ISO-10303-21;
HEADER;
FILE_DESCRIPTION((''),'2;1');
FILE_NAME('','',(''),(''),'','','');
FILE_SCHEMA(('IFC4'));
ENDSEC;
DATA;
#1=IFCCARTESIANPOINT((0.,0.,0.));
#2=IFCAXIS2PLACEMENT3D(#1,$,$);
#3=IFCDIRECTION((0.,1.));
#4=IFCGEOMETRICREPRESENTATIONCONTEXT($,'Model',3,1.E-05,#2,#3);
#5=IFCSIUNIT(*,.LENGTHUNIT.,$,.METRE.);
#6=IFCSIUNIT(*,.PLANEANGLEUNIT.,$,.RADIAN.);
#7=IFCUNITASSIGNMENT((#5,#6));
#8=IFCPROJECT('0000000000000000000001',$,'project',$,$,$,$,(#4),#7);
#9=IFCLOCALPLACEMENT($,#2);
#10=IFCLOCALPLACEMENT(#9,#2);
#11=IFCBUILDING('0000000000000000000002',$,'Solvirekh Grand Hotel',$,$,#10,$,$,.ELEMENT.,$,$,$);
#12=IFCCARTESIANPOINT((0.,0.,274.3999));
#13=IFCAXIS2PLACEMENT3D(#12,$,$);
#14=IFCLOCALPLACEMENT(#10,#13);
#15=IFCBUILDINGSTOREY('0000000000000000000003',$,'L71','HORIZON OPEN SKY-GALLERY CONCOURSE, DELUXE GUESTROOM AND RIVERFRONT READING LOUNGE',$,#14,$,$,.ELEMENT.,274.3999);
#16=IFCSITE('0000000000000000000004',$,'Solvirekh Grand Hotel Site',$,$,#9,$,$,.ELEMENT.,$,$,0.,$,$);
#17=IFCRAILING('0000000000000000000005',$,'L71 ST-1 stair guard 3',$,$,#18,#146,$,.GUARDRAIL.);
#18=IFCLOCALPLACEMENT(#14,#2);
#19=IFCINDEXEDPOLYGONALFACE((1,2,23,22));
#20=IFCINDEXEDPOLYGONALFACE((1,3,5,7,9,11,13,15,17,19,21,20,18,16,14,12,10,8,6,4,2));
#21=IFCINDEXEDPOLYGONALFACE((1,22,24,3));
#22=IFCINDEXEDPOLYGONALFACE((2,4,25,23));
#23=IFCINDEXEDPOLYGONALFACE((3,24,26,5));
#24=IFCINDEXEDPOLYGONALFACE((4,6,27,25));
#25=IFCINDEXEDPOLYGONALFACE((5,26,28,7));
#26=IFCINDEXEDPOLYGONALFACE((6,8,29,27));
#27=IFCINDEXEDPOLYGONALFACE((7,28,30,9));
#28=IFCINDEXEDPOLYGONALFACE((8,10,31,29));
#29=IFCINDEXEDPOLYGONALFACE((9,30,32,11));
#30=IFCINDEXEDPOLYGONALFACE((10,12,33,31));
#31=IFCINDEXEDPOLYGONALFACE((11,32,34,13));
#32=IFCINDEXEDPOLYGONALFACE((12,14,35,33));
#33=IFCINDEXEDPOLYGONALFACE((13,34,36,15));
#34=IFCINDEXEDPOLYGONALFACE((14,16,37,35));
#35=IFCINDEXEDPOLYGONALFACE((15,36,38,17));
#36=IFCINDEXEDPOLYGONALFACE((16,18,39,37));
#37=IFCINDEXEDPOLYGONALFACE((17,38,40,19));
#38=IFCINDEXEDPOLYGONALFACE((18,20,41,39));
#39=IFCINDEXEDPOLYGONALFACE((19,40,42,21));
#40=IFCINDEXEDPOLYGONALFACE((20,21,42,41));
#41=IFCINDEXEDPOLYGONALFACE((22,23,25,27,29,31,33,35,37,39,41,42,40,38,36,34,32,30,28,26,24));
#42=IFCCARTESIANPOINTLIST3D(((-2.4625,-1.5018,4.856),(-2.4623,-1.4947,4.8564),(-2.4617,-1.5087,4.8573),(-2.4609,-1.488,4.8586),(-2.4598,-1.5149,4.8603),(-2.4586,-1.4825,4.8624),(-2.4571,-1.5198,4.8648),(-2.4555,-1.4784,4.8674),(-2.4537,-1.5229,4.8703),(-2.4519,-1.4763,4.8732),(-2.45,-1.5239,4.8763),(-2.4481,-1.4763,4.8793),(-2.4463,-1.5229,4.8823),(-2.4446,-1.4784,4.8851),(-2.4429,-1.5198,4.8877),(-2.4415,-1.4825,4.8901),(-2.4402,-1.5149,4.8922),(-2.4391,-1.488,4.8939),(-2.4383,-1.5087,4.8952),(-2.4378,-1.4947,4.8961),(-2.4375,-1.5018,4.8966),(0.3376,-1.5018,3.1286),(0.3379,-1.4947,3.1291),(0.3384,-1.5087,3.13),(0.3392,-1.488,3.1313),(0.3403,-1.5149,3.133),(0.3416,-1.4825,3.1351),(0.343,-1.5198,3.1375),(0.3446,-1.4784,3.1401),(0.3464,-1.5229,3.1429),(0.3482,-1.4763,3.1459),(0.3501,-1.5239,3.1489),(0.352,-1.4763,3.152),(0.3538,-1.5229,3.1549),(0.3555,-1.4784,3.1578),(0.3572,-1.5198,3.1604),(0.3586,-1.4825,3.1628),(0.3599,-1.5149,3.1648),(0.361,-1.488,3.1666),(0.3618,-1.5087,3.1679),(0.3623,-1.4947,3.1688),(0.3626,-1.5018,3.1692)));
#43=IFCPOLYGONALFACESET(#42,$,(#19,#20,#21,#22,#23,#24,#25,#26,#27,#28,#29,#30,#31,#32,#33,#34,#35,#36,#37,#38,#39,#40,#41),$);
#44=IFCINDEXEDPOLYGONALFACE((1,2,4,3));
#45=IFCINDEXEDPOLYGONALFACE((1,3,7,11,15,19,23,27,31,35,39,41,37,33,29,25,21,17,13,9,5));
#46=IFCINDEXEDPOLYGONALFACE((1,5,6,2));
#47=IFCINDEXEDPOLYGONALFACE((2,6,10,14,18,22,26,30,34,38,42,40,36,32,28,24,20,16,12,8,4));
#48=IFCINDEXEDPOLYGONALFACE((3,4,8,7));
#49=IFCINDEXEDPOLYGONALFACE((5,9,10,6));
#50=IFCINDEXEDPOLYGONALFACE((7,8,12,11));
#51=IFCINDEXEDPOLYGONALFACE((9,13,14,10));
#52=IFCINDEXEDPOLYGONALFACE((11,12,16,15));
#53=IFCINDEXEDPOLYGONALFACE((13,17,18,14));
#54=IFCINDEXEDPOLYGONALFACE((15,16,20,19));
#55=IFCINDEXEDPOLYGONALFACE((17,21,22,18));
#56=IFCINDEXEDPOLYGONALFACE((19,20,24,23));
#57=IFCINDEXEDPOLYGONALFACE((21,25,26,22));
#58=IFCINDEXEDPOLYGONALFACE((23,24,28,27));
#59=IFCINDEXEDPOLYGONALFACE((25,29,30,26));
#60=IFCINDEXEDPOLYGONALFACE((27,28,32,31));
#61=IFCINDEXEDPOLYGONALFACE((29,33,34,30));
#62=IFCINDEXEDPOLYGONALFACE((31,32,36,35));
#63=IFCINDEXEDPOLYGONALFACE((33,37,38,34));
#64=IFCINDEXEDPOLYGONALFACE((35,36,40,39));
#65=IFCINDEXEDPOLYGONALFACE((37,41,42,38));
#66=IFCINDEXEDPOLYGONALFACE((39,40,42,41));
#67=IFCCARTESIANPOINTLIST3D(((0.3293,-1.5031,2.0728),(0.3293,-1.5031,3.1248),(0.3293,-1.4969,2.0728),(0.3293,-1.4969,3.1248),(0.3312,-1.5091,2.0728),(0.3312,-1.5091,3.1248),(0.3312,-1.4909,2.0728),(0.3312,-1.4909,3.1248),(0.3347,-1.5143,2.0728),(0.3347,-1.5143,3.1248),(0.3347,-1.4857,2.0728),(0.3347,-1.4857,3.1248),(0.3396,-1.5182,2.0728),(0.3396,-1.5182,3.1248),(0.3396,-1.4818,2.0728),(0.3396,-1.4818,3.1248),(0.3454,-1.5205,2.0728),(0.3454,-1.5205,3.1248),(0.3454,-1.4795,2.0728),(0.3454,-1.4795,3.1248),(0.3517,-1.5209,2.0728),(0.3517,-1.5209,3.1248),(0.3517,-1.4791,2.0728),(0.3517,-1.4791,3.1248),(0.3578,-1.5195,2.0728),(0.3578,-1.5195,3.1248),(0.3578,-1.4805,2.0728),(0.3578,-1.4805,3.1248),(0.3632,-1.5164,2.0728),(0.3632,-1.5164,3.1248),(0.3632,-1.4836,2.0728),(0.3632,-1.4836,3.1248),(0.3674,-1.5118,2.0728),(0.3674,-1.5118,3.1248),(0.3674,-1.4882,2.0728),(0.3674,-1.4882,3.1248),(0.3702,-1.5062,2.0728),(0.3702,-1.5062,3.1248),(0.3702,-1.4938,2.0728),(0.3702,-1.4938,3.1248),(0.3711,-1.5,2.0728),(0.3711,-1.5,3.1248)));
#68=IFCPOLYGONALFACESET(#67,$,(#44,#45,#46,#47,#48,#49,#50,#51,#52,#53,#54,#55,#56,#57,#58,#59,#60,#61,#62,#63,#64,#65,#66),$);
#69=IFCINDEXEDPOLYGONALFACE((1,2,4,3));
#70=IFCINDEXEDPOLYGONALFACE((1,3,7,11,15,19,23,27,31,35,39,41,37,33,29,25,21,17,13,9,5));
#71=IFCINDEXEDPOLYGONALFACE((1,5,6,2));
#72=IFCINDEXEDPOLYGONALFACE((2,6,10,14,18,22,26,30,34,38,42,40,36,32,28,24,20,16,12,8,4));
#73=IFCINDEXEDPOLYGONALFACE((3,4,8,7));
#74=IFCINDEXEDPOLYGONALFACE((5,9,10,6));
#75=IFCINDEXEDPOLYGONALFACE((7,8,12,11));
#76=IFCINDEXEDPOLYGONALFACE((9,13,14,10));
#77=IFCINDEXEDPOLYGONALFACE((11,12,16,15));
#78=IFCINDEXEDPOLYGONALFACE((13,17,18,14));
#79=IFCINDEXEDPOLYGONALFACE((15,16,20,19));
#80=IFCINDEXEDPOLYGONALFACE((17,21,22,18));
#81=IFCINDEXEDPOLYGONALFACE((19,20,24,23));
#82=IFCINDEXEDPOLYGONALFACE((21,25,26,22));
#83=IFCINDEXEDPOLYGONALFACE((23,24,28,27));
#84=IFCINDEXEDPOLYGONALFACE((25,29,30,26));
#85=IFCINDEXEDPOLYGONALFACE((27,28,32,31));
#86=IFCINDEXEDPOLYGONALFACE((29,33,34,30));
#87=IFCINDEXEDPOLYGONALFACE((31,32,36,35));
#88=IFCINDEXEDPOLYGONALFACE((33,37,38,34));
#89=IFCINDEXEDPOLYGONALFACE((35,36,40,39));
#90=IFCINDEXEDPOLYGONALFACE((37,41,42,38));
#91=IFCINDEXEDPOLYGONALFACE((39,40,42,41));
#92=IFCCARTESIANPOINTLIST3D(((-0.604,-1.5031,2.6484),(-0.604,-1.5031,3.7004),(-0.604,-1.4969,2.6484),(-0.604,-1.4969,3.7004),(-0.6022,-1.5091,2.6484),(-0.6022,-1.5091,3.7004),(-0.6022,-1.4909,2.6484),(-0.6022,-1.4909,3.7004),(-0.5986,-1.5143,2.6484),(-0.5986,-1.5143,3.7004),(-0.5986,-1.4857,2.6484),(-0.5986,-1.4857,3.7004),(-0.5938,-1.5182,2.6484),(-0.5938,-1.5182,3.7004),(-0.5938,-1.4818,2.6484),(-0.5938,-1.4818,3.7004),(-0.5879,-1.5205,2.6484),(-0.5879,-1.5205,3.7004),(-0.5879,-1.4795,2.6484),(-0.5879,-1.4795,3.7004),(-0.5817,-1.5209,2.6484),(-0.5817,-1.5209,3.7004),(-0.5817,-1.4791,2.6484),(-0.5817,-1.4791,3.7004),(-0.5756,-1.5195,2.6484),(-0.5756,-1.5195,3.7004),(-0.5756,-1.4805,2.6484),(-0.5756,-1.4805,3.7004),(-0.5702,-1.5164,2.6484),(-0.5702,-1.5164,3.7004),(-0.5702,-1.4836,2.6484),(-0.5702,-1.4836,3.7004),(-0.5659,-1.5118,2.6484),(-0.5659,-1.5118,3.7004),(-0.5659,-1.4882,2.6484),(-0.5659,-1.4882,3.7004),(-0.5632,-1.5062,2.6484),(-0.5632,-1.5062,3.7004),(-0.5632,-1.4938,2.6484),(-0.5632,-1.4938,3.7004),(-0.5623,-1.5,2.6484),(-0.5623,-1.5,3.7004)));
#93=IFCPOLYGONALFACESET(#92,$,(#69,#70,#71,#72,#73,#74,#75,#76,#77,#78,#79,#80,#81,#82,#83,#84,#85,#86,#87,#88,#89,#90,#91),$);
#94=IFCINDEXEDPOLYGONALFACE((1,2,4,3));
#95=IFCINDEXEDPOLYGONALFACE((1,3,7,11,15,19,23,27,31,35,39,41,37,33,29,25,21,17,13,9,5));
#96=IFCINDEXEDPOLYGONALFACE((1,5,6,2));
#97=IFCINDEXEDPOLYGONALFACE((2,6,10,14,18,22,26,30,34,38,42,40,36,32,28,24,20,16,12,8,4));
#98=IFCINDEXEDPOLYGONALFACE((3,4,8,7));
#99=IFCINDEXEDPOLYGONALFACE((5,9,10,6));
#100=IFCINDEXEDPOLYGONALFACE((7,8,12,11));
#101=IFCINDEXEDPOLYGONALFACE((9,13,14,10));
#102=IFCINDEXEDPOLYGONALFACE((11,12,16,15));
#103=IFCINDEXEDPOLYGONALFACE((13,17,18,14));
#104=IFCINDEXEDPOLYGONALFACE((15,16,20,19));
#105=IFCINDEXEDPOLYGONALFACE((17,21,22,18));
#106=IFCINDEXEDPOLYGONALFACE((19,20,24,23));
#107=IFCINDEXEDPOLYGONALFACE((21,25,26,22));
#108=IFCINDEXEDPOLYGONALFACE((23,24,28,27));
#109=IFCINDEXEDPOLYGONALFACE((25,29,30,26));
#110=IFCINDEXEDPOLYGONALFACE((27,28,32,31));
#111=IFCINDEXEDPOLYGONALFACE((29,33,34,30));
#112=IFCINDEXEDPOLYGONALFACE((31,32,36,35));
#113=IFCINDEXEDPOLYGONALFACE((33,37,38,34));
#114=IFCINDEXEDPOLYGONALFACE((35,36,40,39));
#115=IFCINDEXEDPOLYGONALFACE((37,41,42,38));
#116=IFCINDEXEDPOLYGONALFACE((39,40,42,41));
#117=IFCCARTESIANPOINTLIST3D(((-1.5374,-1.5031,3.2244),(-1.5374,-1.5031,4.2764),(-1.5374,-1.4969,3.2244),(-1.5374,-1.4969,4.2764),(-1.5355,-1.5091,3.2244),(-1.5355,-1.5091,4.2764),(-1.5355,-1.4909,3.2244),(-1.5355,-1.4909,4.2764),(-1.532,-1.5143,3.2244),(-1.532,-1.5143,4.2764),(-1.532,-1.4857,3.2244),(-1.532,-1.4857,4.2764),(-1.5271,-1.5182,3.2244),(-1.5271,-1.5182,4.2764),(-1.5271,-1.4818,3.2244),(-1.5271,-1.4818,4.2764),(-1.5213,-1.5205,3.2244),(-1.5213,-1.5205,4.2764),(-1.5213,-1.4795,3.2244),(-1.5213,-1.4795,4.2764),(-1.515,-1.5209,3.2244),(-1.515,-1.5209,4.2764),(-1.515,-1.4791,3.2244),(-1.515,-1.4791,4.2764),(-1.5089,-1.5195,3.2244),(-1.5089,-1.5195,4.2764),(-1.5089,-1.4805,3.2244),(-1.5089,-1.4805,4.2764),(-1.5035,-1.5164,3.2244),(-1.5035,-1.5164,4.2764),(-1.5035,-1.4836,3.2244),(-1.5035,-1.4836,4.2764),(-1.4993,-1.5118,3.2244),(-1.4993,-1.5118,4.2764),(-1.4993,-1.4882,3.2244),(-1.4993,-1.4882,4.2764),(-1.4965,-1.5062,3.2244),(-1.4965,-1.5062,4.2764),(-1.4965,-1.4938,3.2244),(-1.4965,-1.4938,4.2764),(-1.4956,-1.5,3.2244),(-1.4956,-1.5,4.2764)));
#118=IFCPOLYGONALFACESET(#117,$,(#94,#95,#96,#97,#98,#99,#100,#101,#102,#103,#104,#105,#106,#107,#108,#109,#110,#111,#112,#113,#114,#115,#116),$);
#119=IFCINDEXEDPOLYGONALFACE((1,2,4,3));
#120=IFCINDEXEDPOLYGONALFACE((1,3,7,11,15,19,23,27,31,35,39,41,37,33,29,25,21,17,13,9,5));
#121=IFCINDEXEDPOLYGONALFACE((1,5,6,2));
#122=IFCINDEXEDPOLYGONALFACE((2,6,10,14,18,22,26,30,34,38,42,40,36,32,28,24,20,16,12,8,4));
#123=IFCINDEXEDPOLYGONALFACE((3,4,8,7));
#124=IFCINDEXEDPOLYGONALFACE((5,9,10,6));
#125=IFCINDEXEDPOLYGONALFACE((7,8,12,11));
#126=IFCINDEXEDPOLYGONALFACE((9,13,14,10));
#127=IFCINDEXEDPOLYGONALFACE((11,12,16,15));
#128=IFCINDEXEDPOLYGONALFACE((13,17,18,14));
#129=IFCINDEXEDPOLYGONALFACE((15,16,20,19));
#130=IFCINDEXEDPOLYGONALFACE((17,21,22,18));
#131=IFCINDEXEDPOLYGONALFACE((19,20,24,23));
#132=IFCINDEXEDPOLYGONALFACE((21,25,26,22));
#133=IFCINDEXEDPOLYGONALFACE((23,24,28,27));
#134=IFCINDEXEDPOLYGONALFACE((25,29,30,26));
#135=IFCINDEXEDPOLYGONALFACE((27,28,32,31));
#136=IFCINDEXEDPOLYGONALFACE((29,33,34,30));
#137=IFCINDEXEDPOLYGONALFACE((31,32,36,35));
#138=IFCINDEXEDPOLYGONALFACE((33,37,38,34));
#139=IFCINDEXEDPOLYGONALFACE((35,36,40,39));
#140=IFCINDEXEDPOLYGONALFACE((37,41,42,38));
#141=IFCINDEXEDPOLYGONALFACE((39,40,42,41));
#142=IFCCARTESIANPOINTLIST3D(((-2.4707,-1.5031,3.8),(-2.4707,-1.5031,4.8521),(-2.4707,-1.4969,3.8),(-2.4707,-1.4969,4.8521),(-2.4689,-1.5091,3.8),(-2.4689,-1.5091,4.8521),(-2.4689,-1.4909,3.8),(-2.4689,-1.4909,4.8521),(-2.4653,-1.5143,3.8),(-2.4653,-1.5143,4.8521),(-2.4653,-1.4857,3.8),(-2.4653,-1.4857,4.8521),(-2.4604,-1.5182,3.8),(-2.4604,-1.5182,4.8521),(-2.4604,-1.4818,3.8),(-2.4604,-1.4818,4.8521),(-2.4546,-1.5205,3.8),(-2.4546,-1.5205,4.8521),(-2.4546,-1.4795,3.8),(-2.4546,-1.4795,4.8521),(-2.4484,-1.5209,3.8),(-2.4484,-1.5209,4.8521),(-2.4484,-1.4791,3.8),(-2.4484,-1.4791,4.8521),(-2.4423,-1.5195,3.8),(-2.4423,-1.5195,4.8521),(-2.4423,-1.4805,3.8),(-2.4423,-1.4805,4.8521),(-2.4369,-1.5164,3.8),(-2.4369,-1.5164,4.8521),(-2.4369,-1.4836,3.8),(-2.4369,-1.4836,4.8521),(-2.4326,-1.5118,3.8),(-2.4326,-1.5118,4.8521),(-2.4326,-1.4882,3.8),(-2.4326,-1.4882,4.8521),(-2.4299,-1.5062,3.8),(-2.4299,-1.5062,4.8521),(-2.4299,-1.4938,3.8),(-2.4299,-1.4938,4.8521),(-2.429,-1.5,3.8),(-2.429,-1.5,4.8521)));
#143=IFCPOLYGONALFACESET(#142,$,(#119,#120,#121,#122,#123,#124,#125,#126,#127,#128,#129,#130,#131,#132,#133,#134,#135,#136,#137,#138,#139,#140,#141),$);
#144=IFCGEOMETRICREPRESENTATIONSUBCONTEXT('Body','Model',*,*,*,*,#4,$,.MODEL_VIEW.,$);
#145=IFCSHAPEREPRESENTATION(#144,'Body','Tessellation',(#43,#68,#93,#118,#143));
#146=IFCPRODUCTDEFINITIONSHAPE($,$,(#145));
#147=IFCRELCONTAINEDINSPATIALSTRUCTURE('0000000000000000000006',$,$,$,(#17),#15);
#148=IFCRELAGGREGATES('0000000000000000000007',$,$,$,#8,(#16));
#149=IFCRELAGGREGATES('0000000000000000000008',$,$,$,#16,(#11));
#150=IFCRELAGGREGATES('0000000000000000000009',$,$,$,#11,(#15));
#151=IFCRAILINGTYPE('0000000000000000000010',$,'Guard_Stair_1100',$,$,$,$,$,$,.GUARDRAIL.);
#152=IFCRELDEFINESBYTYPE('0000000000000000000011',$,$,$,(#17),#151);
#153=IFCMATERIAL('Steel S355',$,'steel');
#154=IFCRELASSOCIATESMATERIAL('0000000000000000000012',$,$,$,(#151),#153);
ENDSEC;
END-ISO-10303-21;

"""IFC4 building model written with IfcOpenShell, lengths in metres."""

from ifc_helpers import new_model, si_unit, direction, frame, origin, origin_2d, place, context, subcontext, project, spatial, circle, extrude, material, type_object, element, save


model = new_model("IFC4")

# Units and contexts
model_context = context("Model", 3, precision=1e-05, world=origin(), true_north=direction((0.0, 1.0)))
body_context = subcontext(model_context, "Body", "Model", "MODEL_VIEW")
ifc_project = project(units=[si_unit("LENGTHUNIT", "METRE"), si_unit("PLANEANGLEUNIT", "RADIAN")], contexts=[model_context])

# Site, building, storey
site_placement = place(None, origin())
site = spatial("IfcSite", under=ifc_project, at=site_placement, Name="Solvirekh Grand Hotel Site", CompositionType="ELEMENT", RefElevation=0.0)
building_placement = place(site_placement, origin())
building = spatial("IfcBuilding", under=site, at=building_placement, Name="Solvirekh Grand Hotel", CompositionType="ELEMENT")
storey_placement = place(building_placement, frame((0.0, 0.0, 274.3999)))
storey = spatial("IfcBuildingStorey", under=building, at=storey_placement, Name="L71", Description="HORIZON OPEN SKY-GALLERY CONCOURSE, DELUXE GUESTROOM AND RIVERFRONT READING LOUNGE", CompositionType="ELEMENT", Elevation=274.3999)

# Shared definitions
ifc_material_1 = material(Name="Steel S355", Category="steel")

# Railing
railing_type_1 = type_object("IfcRailingType", Name="Guard_Stair_1100", PredefinedType="GUARDRAIL", material=ifc_material_1)
railing_1_placement = place(storey_placement, frame((0.3501, -1.5, 2.0728)))
element("IfcRailing", 1, at=railing_1_placement, inside=storey, type_object=railing_type_1, Name="L71 ST-1 stair guard 3", PredefinedType="GUARDRAIL", context=body_context, shape_type="SweptSolid", body=[
    extrude(circle(Radius=0.0239, at=origin_2d()), frame((0.0, 0.0, 1.0762), z_axis=(-0.85109, 0.0, 0.52502), x_axis=(0.0, -1.0, 0.0)), (0.0, 0.0, 1.0), 3.29),
    extrude(circle(Radius=0.021, at=origin_2d()), origin(), (0.0, 0.0, 1.0), 1.052),
    extrude(circle(Radius=0.021, at=origin_2d()), frame((-0.9333, 0.0, 0.5757)), (0.0, 0.0, 1.0), 1.052),
    extrude(circle(Radius=0.021, at=origin_2d()), frame((-1.8667, 0.0, 1.1516)), (0.0, 0.0, 1.0), 1.052),
    extrude(circle(Radius=0.021, at=origin_2d()), frame((-2.8, 0.0, 1.7273)), (0.0, 0.0, 1.0), 1.052),
])

save(model, "model.ifc")
